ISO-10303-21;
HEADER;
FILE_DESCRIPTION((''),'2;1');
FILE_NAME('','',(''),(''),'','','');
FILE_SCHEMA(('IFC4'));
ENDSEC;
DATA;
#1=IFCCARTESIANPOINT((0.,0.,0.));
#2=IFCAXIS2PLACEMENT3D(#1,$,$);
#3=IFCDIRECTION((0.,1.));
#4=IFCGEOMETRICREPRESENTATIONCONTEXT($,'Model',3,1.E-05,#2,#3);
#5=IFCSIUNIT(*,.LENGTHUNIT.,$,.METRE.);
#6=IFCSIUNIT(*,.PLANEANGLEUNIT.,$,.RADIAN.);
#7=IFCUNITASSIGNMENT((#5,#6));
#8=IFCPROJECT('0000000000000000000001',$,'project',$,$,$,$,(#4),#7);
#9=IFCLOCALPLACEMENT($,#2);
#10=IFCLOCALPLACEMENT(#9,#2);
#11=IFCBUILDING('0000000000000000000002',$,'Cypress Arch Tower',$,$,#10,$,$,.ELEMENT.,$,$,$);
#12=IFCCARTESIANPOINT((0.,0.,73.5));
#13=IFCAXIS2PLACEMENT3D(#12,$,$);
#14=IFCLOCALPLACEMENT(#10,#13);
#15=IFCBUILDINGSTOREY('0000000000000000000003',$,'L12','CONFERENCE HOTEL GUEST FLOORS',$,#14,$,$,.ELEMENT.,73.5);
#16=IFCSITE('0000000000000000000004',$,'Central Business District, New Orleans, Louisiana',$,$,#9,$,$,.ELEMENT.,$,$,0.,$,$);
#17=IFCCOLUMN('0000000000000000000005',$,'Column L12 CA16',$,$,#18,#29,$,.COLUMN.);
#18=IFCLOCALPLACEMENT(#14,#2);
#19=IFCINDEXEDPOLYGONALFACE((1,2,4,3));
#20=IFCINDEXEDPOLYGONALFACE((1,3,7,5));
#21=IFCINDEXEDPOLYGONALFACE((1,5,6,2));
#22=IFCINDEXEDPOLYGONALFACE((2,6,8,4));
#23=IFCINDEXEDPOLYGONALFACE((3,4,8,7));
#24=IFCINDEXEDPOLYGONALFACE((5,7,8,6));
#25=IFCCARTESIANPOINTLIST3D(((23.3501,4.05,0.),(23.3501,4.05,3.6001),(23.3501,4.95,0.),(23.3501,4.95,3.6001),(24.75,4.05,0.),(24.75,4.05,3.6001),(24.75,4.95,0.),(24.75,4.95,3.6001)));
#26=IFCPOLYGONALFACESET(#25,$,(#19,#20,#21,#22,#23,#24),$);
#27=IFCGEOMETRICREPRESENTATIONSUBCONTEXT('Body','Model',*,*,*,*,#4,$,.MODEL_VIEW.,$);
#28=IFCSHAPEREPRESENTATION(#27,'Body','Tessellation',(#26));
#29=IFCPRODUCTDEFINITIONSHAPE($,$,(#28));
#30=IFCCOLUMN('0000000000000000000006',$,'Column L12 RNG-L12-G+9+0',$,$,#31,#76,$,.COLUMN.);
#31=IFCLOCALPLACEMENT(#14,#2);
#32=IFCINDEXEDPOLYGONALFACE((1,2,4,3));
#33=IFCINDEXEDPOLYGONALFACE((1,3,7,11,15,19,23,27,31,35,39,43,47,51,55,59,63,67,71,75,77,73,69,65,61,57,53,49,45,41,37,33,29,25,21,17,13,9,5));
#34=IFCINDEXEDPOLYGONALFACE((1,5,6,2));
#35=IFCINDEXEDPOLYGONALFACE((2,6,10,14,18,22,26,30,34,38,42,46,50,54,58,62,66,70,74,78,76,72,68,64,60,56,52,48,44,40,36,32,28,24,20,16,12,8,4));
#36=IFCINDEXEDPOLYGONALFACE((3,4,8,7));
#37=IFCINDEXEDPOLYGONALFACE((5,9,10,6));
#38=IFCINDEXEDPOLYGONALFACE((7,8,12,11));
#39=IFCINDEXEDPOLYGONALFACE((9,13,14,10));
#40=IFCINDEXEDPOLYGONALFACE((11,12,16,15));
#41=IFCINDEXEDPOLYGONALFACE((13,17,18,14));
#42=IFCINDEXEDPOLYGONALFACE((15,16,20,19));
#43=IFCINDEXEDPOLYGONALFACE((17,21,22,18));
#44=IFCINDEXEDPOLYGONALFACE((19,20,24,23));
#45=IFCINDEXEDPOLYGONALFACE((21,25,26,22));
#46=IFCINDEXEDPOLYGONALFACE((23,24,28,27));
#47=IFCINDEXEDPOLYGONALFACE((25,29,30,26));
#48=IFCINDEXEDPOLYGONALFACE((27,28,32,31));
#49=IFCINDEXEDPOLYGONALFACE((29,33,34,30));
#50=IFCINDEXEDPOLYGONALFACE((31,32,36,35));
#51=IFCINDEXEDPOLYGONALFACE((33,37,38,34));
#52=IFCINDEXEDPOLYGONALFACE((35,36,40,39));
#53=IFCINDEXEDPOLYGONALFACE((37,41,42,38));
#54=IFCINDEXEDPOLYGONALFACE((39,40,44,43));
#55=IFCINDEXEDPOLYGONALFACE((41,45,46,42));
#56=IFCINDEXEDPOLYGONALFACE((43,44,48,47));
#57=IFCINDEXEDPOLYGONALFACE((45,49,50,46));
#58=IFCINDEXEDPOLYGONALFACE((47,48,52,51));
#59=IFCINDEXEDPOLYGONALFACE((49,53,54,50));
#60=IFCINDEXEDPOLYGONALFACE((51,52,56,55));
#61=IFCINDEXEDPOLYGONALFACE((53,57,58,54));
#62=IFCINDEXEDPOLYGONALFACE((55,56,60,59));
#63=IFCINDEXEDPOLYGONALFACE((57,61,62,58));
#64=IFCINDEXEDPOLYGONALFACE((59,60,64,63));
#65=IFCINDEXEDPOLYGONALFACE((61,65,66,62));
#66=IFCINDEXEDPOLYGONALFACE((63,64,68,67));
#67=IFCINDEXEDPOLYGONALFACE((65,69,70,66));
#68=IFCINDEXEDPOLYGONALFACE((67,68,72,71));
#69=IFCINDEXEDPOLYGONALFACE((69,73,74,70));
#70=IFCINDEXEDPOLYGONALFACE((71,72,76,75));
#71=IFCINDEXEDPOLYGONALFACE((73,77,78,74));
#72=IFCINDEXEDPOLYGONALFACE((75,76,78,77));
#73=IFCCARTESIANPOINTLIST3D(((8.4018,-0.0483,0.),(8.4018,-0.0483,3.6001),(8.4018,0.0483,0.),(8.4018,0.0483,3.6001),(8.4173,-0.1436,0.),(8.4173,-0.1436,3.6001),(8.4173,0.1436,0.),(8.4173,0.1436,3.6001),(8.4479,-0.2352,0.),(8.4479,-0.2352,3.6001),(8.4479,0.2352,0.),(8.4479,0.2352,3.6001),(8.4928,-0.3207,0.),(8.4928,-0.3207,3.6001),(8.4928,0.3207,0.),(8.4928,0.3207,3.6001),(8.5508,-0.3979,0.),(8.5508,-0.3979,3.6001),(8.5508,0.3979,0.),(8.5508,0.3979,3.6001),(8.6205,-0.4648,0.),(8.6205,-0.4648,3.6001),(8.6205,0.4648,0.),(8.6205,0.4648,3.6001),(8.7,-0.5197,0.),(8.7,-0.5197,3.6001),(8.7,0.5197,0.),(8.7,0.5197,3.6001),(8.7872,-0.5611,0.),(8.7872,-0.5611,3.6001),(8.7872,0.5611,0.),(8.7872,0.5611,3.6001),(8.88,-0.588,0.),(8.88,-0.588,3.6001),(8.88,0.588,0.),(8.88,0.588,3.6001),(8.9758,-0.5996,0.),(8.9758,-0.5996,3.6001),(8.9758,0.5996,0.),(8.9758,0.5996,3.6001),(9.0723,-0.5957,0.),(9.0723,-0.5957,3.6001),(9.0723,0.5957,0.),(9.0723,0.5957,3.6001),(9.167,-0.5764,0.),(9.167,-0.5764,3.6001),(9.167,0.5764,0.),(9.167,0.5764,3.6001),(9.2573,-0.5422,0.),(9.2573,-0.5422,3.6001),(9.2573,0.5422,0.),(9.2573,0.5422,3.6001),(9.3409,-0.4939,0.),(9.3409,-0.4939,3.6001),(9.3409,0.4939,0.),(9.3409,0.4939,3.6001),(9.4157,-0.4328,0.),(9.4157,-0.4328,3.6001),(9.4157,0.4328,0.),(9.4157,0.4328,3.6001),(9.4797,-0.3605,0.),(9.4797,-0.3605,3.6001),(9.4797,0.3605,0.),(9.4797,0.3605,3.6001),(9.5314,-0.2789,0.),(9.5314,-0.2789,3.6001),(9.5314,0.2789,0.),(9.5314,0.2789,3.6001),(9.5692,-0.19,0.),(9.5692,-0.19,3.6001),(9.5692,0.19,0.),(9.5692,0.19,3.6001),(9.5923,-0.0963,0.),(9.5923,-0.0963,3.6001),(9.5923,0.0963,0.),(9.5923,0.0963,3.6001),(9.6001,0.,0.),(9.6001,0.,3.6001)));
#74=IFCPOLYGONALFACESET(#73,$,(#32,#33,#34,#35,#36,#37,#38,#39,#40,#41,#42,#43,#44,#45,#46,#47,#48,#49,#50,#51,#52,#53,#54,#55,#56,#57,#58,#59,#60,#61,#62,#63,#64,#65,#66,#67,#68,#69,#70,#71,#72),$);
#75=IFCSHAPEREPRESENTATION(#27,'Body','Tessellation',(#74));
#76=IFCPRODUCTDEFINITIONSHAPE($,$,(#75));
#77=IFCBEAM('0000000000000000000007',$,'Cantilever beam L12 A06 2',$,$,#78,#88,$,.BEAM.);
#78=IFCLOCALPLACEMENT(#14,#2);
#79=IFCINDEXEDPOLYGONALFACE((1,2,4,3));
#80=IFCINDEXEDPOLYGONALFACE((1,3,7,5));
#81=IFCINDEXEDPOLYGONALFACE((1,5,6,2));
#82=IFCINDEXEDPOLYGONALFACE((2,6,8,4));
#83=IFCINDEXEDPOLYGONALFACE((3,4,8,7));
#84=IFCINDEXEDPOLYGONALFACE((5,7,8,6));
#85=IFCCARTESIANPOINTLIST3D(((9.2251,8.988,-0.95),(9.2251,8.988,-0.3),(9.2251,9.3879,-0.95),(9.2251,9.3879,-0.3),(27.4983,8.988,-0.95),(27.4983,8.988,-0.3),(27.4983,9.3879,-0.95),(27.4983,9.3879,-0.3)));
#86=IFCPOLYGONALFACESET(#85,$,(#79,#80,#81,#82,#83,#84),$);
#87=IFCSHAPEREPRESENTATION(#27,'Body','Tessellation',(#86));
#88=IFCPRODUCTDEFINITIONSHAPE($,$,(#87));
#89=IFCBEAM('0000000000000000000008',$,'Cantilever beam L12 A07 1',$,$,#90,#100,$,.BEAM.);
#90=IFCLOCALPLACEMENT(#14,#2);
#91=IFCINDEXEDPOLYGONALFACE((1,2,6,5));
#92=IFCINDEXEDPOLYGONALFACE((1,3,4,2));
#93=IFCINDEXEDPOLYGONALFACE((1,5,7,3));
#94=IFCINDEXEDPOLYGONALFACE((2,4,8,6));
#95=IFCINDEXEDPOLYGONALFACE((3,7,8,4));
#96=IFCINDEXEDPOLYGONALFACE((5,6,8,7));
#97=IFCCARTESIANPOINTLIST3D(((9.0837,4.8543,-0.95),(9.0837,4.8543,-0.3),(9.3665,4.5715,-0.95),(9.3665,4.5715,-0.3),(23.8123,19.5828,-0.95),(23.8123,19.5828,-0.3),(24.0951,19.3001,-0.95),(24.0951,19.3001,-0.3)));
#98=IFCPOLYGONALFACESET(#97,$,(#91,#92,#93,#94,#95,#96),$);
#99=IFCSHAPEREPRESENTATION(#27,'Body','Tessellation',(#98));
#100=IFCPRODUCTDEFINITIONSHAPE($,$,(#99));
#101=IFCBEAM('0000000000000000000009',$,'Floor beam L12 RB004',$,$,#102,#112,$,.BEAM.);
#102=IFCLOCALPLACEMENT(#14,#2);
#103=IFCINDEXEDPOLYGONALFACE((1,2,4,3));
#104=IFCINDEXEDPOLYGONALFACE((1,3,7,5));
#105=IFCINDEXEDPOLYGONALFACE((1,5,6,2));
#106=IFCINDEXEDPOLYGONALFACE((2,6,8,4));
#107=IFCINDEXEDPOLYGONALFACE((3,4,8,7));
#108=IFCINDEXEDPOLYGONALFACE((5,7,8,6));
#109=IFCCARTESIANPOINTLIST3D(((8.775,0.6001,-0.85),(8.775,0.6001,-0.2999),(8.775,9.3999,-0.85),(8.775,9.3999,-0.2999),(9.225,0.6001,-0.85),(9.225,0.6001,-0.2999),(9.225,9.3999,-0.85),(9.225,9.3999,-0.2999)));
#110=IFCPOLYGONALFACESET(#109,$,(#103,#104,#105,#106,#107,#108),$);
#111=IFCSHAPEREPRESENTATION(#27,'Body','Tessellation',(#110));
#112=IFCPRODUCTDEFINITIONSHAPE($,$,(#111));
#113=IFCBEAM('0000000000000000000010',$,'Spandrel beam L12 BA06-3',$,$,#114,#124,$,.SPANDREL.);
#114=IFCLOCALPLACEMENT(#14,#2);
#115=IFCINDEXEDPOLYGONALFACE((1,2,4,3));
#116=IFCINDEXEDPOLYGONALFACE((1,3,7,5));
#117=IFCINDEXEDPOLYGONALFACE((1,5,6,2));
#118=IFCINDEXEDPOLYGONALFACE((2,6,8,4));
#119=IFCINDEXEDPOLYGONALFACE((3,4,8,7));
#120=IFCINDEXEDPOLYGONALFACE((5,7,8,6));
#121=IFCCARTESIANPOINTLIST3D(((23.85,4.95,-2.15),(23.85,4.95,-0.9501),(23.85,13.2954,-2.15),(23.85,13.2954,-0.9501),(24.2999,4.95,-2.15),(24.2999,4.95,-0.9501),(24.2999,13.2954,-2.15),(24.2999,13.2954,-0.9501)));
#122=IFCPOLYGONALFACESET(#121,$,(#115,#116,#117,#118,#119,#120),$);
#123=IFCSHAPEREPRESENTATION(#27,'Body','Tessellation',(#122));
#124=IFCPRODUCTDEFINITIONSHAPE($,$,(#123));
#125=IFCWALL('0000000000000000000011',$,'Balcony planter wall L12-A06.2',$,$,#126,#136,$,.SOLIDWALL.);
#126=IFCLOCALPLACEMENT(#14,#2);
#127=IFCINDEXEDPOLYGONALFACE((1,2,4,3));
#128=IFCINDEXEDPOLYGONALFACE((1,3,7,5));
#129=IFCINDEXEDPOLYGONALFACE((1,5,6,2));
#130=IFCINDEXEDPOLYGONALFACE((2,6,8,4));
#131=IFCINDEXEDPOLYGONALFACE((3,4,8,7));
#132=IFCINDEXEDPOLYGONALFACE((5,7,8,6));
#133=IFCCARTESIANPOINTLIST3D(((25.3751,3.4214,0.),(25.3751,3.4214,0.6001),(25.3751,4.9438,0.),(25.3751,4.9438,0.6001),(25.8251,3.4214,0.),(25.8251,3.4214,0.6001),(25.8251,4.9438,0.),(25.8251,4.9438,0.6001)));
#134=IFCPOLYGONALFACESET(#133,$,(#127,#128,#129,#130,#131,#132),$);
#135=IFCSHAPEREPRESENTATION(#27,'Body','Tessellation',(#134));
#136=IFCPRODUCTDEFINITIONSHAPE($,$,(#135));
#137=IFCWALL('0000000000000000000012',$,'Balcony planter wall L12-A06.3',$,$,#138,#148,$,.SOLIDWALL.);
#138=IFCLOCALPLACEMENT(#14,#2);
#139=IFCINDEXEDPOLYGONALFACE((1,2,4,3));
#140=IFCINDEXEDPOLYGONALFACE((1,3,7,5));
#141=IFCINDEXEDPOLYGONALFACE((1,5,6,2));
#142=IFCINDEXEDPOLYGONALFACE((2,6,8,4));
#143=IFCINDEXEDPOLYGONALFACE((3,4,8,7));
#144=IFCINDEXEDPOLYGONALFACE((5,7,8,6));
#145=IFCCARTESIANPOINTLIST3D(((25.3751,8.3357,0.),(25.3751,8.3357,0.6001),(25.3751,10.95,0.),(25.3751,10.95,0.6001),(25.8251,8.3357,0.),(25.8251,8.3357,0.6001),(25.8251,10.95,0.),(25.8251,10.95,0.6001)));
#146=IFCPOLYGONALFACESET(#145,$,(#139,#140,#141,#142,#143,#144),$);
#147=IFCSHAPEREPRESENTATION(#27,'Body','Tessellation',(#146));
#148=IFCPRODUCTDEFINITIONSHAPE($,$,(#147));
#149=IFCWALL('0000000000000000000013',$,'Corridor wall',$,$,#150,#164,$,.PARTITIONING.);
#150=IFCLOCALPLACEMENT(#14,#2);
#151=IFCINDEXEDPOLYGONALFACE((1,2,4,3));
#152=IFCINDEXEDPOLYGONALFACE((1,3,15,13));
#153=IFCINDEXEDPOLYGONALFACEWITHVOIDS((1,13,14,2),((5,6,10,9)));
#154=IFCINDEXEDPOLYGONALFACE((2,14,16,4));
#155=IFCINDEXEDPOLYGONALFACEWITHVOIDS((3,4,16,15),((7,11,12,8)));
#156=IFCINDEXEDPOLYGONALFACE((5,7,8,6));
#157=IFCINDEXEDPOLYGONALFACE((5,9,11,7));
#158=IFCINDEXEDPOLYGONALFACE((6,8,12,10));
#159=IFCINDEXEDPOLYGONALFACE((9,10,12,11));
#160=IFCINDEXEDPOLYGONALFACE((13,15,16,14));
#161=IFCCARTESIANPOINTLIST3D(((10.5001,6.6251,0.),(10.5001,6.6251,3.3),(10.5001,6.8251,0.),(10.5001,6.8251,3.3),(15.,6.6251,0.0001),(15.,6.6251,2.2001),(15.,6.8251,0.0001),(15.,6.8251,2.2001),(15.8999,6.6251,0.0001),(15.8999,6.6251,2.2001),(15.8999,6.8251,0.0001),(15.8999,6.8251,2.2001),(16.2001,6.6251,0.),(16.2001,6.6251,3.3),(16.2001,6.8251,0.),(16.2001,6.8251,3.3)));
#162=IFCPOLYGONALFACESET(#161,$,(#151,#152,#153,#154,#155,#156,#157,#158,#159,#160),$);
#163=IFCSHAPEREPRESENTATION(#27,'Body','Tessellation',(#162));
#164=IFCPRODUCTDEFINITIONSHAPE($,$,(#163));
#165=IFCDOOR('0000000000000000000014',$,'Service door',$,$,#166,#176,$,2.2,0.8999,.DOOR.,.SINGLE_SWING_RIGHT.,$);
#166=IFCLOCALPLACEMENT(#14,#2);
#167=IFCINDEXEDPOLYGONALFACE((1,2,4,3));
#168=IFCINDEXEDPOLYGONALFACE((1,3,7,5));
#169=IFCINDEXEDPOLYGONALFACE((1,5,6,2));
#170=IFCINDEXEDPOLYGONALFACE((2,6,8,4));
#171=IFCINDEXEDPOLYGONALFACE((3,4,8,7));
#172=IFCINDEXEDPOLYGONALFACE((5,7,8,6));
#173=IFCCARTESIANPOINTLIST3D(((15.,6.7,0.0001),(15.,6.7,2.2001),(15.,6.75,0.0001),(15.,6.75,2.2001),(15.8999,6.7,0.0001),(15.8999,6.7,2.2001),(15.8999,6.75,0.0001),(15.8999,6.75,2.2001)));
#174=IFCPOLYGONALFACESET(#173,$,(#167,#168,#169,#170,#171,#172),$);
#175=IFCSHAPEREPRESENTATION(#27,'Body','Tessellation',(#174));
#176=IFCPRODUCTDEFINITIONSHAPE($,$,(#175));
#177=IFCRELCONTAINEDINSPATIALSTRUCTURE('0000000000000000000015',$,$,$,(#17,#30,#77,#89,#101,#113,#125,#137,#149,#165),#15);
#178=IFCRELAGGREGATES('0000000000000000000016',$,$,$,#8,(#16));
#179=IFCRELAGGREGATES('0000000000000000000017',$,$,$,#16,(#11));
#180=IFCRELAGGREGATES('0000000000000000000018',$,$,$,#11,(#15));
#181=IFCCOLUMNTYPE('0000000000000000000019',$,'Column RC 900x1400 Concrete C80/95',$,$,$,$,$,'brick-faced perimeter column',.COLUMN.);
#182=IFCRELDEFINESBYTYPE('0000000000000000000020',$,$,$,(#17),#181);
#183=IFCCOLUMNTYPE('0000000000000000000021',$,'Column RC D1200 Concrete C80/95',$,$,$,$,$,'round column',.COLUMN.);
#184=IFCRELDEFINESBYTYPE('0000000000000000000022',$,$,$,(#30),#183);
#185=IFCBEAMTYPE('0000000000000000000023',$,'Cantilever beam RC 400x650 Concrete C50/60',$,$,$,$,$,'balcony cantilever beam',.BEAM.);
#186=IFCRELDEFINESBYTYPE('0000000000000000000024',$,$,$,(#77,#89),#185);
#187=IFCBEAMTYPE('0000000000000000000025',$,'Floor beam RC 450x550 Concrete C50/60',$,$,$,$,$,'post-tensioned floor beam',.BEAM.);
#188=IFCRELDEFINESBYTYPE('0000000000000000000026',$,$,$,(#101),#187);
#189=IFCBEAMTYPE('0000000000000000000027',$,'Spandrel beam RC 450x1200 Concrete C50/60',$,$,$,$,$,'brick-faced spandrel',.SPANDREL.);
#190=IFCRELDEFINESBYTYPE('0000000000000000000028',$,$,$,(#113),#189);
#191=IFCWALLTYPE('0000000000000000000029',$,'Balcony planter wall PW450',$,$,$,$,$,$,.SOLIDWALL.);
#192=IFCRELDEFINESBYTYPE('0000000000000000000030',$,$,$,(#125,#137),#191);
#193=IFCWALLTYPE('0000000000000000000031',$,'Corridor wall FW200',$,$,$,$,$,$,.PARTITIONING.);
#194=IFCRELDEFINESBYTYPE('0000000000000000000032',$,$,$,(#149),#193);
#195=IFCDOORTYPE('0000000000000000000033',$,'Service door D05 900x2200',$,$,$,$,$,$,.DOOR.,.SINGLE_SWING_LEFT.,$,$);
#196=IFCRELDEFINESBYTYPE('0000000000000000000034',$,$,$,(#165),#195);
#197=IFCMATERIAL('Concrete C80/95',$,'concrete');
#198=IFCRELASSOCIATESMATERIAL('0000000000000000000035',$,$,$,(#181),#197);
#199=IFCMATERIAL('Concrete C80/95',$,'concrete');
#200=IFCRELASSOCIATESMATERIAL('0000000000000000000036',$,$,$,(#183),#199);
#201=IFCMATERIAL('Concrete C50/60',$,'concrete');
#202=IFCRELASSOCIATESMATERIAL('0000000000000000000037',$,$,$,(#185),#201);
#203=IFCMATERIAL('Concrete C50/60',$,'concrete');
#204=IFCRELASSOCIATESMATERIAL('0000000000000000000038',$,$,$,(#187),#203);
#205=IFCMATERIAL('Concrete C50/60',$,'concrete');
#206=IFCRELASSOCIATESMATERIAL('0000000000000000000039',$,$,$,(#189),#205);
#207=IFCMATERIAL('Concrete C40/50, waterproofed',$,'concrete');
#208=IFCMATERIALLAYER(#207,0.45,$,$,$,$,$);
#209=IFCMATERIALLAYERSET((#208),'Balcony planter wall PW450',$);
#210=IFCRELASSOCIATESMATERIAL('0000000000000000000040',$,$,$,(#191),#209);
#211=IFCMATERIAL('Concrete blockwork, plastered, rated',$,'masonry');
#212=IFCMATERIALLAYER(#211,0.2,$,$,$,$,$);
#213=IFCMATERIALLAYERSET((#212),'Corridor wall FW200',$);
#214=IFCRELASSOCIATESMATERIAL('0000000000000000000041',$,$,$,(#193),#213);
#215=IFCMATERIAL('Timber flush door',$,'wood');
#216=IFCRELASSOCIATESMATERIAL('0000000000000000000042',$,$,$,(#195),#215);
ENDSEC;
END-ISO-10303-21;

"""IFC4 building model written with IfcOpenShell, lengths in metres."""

from ifc_helpers import new_model, si_unit, direction, frame, frame_2d, origin, origin_2d, place, context, subcontext, project, spatial, rectangle, circle, extrude, material, layer, layer_set, material_profile, profile_set, type_object, element, fill, save


model = new_model("IFC4")

# Units and contexts
model_context = context("Model", 3, precision=1e-05, world=origin(), true_north=direction((0.0, 1.0)))
body_context = subcontext(model_context, "Body", "Model", "MODEL_VIEW")
ifc_project = project(units=[si_unit("LENGTHUNIT", "METRE"), si_unit("PLANEANGLEUNIT", "RADIAN")], contexts=[model_context])

# Site, building, storey
site_placement = place(None, origin())
site = spatial("IfcSite", under=ifc_project, at=site_placement, Name="Central Business District, New Orleans, Louisiana", CompositionType="ELEMENT", RefElevation=0.0)
building_placement = place(site_placement, origin())
building = spatial("IfcBuilding", under=site, at=building_placement, Name="Cypress Arch Tower", CompositionType="ELEMENT")
storey_placement = place(building_placement, frame((0.0, 0.0, 73.5)))
storey = spatial("IfcBuildingStorey", under=building, at=storey_placement, Name="L12", Description="CONFERENCE HOTEL GUEST FLOORS", CompositionType="ELEMENT", Elevation=73.5)

# Columns
ifc_material_1 = material(Name="Concrete C80/95", Category="concrete")
ifc_material_profile_1 = material_profile(ifc_material_1, rectangle(XDim=0.8999, YDim=1.3999, at=origin_2d()), Name="RC 900x1400")
ifc_profile_set_1 = profile_set([ifc_material_profile_1], Name="Concrete C80/95")
column_type_1 = type_object("IfcColumnType", Name="Column RC 900x1400 Concrete C80/95", ElementType="brick-faced perimeter column", PredefinedType="COLUMN", material=ifc_profile_set_1)
column_1_placement = place(storey_placement, frame((24.05, 4.5, 0.0), z_axis=(0.0, 0.0, 1.0), x_axis=(0.0, 1.0, 0.0)))
element("IfcColumn", 1, at=column_1_placement, inside=storey, type_object=column_type_1, Name="Column L12 CA16", PredefinedType="COLUMN", context=body_context, shape_type="SweptSolid", body=[
    extrude(rectangle(XDim=0.8999, YDim=1.3999, at=origin_2d()), origin(), (0.0, 0.0, 1.0), 3.6001),
])
ifc_material_2 = material(Name="Concrete C80/95", Category="concrete")
ifc_material_profile_2 = material_profile(ifc_material_2, circle(Radius=0.6001, at=origin_2d()), Name="RC D1200")
ifc_profile_set_2 = profile_set([ifc_material_profile_2], Name="Concrete C80/95")
column_type_2 = type_object("IfcColumnType", Name="Column RC D1200 Concrete C80/95", ElementType="round column", PredefinedType="COLUMN", material=ifc_profile_set_2)
column_2_placement = place(storey_placement, frame((9.0, 0.0, 0.0), z_axis=(0.0, 0.0, 1.0), x_axis=(1.0, 0.0, 0.0)))
element("IfcColumn", 2, at=column_2_placement, inside=storey, type_object=column_type_2, Name="Column L12 RNG-L12-G+9+0", PredefinedType="COLUMN", context=body_context, shape_type="SweptSolid", body=[
    extrude(circle(Radius=0.6001, at=origin_2d()), origin(), (0.0, 0.0, 1.0), 3.6001),
])

# Beams
ifc_material_3 = material(Name="Concrete C50/60", Category="concrete")
ifc_material_profile_3 = material_profile(ifc_material_3, rectangle(XDim=0.3999, YDim=0.6499, at=origin_2d()), Name="RC 400x650")
ifc_profile_set_3 = profile_set([ifc_material_profile_3], Name="Concrete C50/60")
beam_type_1 = type_object("IfcBeamType", Name="Cantilever beam RC 400x650 Concrete C50/60", ElementType="balcony cantilever beam", PredefinedType="BEAM", material=ifc_profile_set_3)
beam_1_placement = place(storey_placement, frame((9.2251, 9.188, -0.625), z_axis=(1.0, 0.0, 0.0), x_axis=(0.0, 1.0, 0.0)))
element("IfcBeam", 3, at=beam_1_placement, inside=storey, type_object=beam_type_1, Name="Cantilever beam L12 A06 2", PredefinedType="BEAM", context=body_context, shape_type="SweptSolid", body=[
    extrude(rectangle(XDim=0.3999, YDim=0.6499, at=origin_2d()), origin(), (0.0, 0.0, 1.0), 18.2732),
])
beam_2_placement = place(storey_placement, frame((9.2251, 4.7129, -0.625), z_axis=(0.707107, 0.707107, 0.0), x_axis=(-0.707107, 0.707107, 0.0)))
element("IfcBeam", 4, at=beam_2_placement, inside=storey, type_object=beam_type_1, Name="Cantilever beam L12 A07 1", PredefinedType="BEAM", context=body_context, shape_type="SweptSolid", body=[
    extrude(rectangle(XDim=0.3999, YDim=0.6499, at=origin_2d()), origin(), (0.0, 0.0, 1.0), 20.8293),
])
ifc_material_4 = material(Name="Concrete C50/60", Category="concrete")
ifc_material_profile_4 = material_profile(ifc_material_4, rectangle(XDim=0.45, YDim=0.55, at=origin_2d()), Name="RC 450x550")
ifc_profile_set_4 = profile_set([ifc_material_profile_4], Name="Concrete C50/60")
beam_type_2 = type_object("IfcBeamType", Name="Floor beam RC 450x550 Concrete C50/60", ElementType="post-tensioned floor beam", PredefinedType="BEAM", material=ifc_profile_set_4)
beam_3_placement = place(storey_placement, frame((9.0, 0.6001, -0.575), z_axis=(0.0, 1.0, 0.0), x_axis=(-1.0, 0.0, 0.0)))
element("IfcBeam", 5, at=beam_3_placement, inside=storey, type_object=beam_type_2, Name="Floor beam L12 RB004", PredefinedType="BEAM", context=body_context, shape_type="SweptSolid", body=[
    extrude(rectangle(XDim=0.45, YDim=0.55, at=origin_2d()), origin(), (0.0, 0.0, 1.0), 8.7998),
])
ifc_material_5 = material(Name="Concrete C50/60", Category="concrete")
ifc_material_profile_5 = material_profile(ifc_material_5, rectangle(XDim=0.45, YDim=1.2, at=origin_2d()), Name="RC 450x1200")
ifc_profile_set_5 = profile_set([ifc_material_profile_5], Name="Concrete C50/60")
beam_type_3 = type_object("IfcBeamType", Name="Spandrel beam RC 450x1200 Concrete C50/60", ElementType="brick-faced spandrel", PredefinedType="SPANDREL", material=ifc_profile_set_5)
beam_4_placement = place(storey_placement, frame((24.075, 4.95, -1.55), z_axis=(0.0, 1.0, 0.0), x_axis=(-1.0, 0.0, 0.0)))
element("IfcBeam", 6, at=beam_4_placement, inside=storey, type_object=beam_type_3, Name="Spandrel beam L12 BA06-3", PredefinedType="SPANDREL", context=body_context, shape_type="SweptSolid", body=[
    extrude(rectangle(XDim=0.45, YDim=1.2, at=origin_2d()), origin(), (0.0, 0.0, 1.0), 8.3455),
])

# Walls
ifc_material_6 = material(Name="Concrete C40/50, waterproofed", Category="concrete")
ifc_layer_1 = layer(ifc_material_6, 0.45)
ifc_layer_set_1 = layer_set([ifc_layer_1], Name="Balcony planter wall PW450")
wall_type_1 = type_object("IfcWallType", Name="Balcony planter wall PW450", PredefinedType="SOLIDWALL", material=ifc_layer_set_1)
wall_1_placement = place(storey_placement, frame((25.6001, 3.4214, 0.0), z_axis=(0.0, 0.0, 1.0), x_axis=(0.0, 1.0, 0.0)))
element("IfcWall", 7, at=wall_1_placement, inside=storey, type_object=wall_type_1, Name="Balcony planter wall L12-A06.2", PredefinedType="SOLIDWALL", context=body_context, shape_type="SweptSolid", body=[
    extrude(rectangle(XDim=1.5225, YDim=0.45, at=frame_2d((0.7612, 0.0))), origin(), (0.0, 0.0, 1.0), 0.6001),
])
wall_2_placement = place(storey_placement, frame((25.6001, 8.3357, 0.0), z_axis=(0.0, 0.0, 1.0), x_axis=(0.0, 1.0, 0.0)))
element("IfcWall", 8, at=wall_2_placement, inside=storey, type_object=wall_type_1, Name="Balcony planter wall L12-A06.3", PredefinedType="SOLIDWALL", context=body_context, shape_type="SweptSolid", body=[
    extrude(rectangle(XDim=2.6143, YDim=0.45, at=frame_2d((1.3071, 0.0))), origin(), (0.0, 0.0, 1.0), 0.6001),
])

# Wall, opening, door
ifc_material_7 = material(Name="Concrete blockwork, plastered, rated", Category="masonry")
ifc_layer_2 = layer(ifc_material_7, 0.2)
ifc_layer_set_2 = layer_set([ifc_layer_2], Name="Corridor wall FW200")
wall_type_2 = type_object("IfcWallType", Name="Corridor wall FW200", PredefinedType="PARTITIONING", material=ifc_layer_set_2)
wall_3_placement = place(storey_placement, frame((10.5, 6.7251, 0.0), z_axis=(0.0, 0.0, 1.0), x_axis=(1.0, 0.0, 0.0)))
wall_3 = element("IfcWall", 9, at=wall_3_placement, inside=storey, type_object=wall_type_2, Name="Corridor wall", PredefinedType="PARTITIONING", context=body_context, shape_type="SweptSolid", body=[
    extrude(rectangle(XDim=5.7, YDim=0.2, at=frame_2d((2.8501, 0.0))), origin(), (0.0, 0.0, 1.0), 3.3),
])
opening_1_placement = place(wall_3_placement, frame((4.5, 0.0, 0.0)))
opening_1 = element("IfcOpeningElement", 10, at=opening_1_placement, cuts=wall_3, PredefinedType="OPENING", context=body_context, shape_type="SweptSolid", body=[
    extrude(rectangle(XDim=0.8999, YDim=2.2, at=frame_2d((0.45, 1.1001))), frame((0.0, 0.1099, 0.0), z_axis=(0.0, -1.0, 0.0), x_axis=(1.0, 0.0, 0.0)), (0.0, 0.0, 1.0), 0.22),
])
ifc_material_8 = material(Name="Timber flush door", Category="wood")
door_type_1 = type_object("IfcDoorType", Name="Service door D05 900x2200", OperationType="SINGLE_SWING_LEFT", PredefinedType="DOOR", material=ifc_material_8)
door_1_placement = place(opening_1_placement, origin())
door_1 = element("IfcDoor", 11, at=door_1_placement, inside=storey, type_object=door_type_1, Name="Service door", OperationType="SINGLE_SWING_RIGHT", OverallHeight=2.2, OverallWidth=0.8999, PredefinedType="DOOR", context=body_context, shape_type="SweptSolid", body=[
    extrude(rectangle(XDim=0.8999, YDim=2.2, at=frame_2d((0.45, 1.1001))), frame((0.0, 0.0249, 0.0), z_axis=(0.0, -1.0, 0.0), x_axis=(1.0, 0.0, 0.0)), (0.0, 0.0, 1.0), 0.05),
])
fill(opening_1, door_1)

save(model, "model.ifc")
